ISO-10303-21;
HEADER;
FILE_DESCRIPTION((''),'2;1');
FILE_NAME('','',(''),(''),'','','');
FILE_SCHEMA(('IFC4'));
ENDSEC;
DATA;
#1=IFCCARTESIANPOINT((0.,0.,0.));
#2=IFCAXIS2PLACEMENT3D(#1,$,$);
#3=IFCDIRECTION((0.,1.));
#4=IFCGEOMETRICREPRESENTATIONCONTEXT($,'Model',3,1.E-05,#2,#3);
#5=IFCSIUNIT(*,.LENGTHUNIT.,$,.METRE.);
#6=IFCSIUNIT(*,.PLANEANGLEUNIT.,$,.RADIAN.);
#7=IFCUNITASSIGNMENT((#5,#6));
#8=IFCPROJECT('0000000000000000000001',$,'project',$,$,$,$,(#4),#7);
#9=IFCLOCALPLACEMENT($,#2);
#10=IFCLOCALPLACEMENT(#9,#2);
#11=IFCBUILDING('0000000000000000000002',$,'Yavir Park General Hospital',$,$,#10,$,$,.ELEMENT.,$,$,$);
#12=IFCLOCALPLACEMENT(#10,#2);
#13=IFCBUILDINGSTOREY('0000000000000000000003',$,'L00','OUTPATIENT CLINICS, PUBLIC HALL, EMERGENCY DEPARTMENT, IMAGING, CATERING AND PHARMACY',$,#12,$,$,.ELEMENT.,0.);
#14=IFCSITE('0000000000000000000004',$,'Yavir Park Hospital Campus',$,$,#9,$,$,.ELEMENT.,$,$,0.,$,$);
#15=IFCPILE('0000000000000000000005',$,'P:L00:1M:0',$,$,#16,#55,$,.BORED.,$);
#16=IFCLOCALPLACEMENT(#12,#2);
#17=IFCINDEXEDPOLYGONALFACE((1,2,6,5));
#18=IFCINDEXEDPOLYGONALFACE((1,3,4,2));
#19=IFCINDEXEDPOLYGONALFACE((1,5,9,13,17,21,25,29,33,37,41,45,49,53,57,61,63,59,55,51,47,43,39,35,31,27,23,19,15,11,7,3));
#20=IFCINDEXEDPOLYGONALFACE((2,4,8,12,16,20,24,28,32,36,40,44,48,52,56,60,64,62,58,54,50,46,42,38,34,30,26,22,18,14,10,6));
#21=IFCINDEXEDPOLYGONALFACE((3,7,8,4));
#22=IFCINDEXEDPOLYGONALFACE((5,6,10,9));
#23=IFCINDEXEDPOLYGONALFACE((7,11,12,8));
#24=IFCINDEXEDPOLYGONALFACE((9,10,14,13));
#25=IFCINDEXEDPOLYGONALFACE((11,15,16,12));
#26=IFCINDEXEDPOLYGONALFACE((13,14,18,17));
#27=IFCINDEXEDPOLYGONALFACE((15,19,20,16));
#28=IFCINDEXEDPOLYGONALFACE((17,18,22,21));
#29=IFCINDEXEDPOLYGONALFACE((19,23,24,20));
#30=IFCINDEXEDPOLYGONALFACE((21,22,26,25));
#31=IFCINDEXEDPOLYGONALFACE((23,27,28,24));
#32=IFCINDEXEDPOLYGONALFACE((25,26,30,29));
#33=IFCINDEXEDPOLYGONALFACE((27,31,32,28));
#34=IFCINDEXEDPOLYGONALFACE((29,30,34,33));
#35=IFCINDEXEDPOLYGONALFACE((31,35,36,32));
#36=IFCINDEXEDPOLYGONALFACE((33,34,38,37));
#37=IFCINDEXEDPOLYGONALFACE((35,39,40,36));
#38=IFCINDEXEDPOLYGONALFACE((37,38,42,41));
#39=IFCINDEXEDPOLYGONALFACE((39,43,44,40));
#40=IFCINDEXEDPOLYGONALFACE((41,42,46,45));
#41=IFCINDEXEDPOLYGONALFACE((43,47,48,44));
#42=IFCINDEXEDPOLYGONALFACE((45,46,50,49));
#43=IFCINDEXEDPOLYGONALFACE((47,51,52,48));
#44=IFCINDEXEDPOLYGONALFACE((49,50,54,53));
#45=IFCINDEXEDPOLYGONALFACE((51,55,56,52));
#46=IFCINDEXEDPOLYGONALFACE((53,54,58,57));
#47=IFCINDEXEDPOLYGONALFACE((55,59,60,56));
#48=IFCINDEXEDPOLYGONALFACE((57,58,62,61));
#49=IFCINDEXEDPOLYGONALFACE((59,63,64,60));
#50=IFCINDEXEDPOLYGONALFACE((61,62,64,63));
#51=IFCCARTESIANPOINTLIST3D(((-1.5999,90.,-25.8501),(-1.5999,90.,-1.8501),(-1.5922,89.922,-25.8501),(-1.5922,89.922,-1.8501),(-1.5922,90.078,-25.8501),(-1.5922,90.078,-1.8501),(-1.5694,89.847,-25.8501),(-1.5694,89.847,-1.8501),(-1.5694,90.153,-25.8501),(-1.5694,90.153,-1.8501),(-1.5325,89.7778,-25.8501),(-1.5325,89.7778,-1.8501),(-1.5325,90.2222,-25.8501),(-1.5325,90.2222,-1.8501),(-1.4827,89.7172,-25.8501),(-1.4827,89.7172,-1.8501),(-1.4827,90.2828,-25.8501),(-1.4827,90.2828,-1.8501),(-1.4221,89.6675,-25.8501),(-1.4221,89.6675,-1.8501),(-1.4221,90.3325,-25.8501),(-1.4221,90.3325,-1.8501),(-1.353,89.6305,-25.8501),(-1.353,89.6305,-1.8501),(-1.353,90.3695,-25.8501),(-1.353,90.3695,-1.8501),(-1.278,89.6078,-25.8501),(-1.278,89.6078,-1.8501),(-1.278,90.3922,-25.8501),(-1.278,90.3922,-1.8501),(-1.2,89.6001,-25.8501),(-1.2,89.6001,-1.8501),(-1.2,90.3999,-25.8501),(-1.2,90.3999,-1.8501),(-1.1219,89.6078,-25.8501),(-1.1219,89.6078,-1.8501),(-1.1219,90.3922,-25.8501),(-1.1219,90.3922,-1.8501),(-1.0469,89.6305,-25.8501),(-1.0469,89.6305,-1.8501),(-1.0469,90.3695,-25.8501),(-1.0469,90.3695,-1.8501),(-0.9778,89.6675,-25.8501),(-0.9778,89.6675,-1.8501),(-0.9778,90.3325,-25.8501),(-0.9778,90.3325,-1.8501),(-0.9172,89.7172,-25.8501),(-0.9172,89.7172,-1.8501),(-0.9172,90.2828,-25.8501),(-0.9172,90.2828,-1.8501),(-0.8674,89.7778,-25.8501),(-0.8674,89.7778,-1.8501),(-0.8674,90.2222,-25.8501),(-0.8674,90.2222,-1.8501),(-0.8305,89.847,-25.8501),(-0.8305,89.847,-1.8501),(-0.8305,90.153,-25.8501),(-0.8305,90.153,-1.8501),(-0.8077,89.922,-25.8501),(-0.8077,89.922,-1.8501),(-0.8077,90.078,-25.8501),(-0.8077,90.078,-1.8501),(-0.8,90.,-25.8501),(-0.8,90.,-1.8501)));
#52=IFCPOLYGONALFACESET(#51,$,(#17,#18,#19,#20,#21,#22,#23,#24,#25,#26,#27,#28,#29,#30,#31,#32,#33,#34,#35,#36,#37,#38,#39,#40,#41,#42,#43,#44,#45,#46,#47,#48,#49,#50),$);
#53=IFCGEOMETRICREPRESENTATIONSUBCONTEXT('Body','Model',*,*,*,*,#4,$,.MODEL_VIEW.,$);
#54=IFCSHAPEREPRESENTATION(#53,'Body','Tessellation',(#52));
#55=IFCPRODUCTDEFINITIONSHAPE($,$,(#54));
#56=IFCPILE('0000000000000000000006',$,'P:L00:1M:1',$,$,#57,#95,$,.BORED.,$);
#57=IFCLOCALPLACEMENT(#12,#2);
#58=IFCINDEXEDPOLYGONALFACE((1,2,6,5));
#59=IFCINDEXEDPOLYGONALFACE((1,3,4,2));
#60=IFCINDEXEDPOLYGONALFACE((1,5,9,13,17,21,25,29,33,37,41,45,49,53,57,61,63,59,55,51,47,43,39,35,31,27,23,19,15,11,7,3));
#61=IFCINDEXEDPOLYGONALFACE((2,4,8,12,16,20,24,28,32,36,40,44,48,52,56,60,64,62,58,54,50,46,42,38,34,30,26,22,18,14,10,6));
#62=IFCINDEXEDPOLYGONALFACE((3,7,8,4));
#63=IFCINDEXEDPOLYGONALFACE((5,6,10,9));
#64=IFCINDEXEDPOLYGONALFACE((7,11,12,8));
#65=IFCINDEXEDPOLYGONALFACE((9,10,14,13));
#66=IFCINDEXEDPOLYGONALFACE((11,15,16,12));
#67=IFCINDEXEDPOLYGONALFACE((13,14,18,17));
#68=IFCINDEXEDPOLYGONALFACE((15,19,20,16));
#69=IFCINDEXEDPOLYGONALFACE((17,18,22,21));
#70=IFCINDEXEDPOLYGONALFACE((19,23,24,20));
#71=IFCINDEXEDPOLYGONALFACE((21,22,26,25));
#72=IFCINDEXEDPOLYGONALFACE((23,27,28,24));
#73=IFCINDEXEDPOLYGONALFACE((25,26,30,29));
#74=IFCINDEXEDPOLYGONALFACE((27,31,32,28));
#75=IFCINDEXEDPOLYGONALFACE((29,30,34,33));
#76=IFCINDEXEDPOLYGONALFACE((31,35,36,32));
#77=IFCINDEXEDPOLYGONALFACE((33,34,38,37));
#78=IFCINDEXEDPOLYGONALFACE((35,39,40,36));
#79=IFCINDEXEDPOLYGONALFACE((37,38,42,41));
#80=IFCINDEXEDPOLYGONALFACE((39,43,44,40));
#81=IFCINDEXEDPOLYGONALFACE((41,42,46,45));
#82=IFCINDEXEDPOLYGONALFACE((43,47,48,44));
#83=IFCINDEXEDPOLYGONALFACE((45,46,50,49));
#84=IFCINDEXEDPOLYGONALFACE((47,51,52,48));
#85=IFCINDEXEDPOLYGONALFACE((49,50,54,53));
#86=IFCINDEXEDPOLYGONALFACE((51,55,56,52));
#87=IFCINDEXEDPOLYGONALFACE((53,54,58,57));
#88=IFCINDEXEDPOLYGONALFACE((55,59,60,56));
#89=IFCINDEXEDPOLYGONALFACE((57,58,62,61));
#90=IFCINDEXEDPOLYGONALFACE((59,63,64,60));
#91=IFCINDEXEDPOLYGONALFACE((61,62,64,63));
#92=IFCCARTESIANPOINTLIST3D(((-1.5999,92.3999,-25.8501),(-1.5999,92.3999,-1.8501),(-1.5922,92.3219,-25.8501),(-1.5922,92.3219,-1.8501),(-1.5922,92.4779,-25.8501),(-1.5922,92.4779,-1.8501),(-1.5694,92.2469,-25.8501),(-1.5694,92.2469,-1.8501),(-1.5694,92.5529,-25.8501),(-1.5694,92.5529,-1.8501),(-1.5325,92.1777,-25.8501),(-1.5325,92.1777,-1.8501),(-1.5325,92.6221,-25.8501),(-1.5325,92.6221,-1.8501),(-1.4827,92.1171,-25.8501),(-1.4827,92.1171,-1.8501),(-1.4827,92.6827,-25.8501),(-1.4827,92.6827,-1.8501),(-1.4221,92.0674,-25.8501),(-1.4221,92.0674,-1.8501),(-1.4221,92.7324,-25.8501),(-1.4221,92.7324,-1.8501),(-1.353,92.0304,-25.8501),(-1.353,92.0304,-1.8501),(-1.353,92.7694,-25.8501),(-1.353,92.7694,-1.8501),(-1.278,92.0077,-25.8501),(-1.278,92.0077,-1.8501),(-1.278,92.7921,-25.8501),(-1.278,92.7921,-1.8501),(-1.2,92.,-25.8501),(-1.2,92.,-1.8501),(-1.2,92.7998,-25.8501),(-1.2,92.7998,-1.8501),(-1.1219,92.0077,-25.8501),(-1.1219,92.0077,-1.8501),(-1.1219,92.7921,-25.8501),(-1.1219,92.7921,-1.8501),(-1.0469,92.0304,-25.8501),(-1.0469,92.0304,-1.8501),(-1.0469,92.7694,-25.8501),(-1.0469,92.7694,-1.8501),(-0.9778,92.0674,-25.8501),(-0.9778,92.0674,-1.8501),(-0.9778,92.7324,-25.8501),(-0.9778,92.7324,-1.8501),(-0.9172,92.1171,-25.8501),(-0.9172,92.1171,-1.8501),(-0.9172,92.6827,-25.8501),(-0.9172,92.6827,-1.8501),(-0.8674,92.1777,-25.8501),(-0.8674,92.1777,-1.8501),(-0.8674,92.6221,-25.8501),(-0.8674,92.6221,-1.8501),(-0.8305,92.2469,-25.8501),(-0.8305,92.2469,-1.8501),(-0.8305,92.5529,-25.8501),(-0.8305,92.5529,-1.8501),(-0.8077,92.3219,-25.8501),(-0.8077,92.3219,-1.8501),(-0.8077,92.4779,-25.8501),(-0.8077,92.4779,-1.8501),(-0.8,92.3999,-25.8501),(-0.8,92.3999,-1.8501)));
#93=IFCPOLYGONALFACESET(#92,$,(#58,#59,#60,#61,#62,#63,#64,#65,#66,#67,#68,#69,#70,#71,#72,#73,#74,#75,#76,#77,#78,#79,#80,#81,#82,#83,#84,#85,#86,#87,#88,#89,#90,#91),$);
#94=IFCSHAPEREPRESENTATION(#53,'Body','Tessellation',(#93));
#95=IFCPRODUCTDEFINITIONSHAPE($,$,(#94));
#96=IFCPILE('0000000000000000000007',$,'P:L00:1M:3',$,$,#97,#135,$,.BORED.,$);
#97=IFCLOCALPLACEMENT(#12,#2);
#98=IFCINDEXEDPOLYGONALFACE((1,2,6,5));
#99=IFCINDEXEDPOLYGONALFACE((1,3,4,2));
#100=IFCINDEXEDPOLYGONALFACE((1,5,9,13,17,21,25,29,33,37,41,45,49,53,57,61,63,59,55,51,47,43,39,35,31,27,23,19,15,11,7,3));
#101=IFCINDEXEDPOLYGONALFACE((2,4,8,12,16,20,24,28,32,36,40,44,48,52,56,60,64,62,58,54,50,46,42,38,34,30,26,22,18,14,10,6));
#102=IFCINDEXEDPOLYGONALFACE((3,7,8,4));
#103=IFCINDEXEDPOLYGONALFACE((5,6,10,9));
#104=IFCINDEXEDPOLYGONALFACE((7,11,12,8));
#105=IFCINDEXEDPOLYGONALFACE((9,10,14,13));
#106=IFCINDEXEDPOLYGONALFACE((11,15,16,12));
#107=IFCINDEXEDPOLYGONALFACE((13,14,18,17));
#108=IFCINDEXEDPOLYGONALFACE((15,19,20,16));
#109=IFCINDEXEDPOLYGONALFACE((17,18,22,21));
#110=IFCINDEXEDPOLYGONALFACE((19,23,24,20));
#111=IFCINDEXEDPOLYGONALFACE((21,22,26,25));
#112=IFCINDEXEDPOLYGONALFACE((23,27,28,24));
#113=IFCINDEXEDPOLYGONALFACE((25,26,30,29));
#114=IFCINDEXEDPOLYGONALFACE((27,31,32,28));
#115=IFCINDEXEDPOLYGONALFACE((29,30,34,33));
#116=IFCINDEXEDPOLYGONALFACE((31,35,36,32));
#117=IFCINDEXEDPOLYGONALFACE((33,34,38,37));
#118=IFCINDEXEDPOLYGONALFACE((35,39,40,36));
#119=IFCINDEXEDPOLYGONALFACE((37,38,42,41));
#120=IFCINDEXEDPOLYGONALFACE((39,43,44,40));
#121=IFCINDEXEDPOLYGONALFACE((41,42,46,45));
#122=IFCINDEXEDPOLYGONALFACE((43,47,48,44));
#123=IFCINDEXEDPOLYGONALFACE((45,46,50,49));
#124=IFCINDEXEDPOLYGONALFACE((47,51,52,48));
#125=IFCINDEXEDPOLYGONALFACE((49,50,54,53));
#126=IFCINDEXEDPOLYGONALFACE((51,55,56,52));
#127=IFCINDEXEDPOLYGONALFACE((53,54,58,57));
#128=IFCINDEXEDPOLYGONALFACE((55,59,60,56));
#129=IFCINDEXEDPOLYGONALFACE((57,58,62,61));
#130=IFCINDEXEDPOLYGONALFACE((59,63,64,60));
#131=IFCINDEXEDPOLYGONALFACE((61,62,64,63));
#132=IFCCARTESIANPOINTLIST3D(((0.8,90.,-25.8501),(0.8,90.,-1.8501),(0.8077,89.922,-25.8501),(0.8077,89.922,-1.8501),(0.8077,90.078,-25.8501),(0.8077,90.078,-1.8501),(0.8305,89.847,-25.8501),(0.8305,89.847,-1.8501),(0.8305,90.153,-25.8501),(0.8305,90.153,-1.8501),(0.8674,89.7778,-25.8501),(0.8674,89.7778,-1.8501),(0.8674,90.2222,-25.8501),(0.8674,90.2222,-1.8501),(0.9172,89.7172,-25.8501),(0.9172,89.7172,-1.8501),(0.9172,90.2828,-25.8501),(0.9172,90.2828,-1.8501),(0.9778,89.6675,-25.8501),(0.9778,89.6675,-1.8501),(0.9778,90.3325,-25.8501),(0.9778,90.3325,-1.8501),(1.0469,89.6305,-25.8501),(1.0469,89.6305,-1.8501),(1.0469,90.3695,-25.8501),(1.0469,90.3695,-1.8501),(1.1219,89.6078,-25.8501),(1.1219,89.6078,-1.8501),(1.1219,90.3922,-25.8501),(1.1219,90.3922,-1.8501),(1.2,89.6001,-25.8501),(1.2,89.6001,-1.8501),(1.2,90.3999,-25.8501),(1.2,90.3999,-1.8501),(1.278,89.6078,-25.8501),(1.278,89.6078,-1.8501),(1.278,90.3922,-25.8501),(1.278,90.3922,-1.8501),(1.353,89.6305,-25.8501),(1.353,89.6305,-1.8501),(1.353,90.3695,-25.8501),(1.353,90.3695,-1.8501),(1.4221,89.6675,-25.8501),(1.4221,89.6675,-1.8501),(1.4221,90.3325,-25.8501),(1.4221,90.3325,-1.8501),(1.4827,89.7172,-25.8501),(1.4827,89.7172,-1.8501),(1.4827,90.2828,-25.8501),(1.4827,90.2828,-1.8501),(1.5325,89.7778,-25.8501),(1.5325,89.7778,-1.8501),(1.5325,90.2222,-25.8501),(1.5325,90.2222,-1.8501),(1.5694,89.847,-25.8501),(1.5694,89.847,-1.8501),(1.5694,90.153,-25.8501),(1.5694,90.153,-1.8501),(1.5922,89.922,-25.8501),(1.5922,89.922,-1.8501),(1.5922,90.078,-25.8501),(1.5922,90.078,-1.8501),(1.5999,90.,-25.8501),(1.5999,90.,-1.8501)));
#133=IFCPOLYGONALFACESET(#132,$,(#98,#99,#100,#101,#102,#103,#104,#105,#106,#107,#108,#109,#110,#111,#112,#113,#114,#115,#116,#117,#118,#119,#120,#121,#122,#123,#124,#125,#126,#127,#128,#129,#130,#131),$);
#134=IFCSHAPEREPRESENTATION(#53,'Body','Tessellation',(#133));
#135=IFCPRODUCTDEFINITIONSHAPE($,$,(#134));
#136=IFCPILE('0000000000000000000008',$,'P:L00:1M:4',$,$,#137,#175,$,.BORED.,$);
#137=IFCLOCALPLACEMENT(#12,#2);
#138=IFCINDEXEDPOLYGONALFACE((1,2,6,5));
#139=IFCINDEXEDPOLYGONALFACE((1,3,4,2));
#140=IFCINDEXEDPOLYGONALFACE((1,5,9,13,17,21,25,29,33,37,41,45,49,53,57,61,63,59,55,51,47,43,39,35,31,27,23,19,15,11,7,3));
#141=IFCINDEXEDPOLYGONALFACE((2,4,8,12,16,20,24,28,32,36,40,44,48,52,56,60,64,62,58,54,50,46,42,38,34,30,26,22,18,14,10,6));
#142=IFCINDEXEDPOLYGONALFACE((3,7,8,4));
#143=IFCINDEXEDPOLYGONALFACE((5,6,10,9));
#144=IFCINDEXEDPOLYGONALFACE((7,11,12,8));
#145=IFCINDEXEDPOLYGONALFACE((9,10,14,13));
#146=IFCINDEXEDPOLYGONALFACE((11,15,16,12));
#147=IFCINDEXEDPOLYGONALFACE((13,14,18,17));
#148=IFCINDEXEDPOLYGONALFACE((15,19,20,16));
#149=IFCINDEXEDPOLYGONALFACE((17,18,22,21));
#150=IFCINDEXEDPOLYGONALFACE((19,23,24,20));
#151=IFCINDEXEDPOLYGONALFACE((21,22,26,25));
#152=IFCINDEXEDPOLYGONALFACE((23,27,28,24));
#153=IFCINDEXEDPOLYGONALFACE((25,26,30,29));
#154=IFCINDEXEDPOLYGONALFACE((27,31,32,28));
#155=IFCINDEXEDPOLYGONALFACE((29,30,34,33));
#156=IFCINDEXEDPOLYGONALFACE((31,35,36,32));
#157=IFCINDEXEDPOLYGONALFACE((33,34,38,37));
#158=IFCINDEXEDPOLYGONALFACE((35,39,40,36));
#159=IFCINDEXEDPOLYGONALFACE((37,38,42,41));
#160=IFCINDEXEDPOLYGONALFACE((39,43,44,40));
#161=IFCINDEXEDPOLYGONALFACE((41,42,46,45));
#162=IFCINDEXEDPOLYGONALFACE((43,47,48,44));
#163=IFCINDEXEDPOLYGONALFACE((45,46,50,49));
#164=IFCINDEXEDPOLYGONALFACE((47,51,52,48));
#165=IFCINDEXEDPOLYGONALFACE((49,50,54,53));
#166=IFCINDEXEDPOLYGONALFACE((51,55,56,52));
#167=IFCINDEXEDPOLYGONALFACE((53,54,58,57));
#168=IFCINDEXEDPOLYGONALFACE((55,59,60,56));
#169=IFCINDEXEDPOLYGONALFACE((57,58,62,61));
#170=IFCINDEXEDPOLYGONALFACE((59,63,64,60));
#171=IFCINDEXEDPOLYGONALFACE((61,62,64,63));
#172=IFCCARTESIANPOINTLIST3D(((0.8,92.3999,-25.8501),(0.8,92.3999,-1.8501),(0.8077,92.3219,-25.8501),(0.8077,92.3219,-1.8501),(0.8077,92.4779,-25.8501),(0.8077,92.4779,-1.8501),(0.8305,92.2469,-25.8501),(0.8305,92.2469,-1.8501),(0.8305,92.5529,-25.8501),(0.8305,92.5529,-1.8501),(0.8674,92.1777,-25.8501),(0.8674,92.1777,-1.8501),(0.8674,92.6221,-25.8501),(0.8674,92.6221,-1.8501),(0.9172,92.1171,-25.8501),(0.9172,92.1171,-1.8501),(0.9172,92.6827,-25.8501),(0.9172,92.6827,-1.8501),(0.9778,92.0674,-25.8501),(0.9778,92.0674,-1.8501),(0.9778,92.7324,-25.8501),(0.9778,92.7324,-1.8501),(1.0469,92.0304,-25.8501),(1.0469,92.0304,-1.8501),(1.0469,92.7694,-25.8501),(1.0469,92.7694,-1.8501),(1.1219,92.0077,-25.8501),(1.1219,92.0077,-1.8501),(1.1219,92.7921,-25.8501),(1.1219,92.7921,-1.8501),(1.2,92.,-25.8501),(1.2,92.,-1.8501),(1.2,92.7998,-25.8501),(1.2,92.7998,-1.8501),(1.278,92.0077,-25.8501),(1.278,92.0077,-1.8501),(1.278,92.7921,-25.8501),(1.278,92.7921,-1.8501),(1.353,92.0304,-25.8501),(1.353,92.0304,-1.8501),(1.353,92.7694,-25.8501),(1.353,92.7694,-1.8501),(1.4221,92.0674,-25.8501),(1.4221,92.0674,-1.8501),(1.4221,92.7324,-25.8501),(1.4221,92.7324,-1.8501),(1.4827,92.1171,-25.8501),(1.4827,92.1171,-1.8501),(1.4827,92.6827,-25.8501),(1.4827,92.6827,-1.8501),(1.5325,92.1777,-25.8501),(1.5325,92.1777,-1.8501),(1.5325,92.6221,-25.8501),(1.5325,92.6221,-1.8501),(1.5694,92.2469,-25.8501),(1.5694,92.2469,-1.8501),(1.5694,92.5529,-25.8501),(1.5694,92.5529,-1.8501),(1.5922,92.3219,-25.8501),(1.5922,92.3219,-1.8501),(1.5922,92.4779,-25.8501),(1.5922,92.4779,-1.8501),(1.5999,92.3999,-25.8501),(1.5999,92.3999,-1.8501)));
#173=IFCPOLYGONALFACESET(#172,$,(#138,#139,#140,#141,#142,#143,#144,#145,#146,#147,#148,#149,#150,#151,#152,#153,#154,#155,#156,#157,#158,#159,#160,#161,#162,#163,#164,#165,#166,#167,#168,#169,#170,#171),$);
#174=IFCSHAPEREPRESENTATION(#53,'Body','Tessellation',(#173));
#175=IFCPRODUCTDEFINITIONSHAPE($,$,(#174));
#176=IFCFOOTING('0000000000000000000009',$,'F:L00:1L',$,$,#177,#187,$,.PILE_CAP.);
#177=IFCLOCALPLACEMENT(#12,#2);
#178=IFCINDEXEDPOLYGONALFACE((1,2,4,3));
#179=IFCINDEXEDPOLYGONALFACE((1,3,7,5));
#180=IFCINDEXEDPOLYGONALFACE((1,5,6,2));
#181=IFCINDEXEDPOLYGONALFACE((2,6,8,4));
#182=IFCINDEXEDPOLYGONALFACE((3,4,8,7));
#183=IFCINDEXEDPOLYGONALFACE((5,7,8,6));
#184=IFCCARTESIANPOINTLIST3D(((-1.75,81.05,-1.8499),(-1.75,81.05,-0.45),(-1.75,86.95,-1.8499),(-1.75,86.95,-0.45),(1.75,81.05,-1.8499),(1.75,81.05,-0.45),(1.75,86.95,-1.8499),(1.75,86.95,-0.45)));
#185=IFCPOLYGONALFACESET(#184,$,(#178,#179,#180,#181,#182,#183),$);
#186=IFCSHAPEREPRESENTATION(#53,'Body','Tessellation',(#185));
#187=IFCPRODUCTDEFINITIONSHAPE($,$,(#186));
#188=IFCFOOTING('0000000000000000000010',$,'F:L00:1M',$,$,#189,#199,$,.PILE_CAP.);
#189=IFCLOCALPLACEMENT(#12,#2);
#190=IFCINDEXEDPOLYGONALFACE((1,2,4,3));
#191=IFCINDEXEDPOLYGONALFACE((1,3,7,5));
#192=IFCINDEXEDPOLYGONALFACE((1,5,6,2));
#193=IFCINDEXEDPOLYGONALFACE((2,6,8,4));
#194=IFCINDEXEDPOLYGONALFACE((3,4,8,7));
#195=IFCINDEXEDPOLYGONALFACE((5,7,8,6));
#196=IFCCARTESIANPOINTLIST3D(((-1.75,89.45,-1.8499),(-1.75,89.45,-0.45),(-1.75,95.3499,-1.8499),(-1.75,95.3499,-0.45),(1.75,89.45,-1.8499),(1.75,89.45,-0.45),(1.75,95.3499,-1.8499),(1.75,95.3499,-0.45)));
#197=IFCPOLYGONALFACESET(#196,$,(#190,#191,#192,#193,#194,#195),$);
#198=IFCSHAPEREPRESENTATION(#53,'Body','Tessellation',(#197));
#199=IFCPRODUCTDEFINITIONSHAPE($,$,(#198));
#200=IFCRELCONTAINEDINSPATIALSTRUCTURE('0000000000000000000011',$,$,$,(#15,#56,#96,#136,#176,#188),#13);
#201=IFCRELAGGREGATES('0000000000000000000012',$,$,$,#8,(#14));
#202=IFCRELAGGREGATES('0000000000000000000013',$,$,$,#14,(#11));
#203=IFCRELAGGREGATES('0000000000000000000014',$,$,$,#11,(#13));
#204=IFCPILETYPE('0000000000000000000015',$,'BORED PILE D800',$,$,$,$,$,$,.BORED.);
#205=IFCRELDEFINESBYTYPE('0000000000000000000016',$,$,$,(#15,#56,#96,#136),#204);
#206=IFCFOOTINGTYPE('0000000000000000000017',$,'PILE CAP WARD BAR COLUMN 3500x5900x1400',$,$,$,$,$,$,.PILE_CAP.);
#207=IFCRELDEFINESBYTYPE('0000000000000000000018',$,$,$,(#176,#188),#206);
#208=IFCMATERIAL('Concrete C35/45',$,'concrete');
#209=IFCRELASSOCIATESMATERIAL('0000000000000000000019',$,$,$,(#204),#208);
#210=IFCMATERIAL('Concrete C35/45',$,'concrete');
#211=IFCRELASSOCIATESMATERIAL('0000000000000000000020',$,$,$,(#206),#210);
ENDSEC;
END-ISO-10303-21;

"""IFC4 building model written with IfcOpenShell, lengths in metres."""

from ifc_helpers import new_model, si_unit, direction, frame, origin, origin_2d, place, context, subcontext, project, spatial, rectangle, circle, extrude, material, material_profile, profile_set, type_object, element, save


model = new_model("IFC4")

# Units and contexts
model_context = context("Model", 3, precision=1e-05, world=origin(), true_north=direction((0.0, 1.0)))
body_context = subcontext(model_context, "Body", "Model", "MODEL_VIEW")
ifc_project = project(units=[si_unit("LENGTHUNIT", "METRE"), si_unit("PLANEANGLEUNIT", "RADIAN")], contexts=[model_context])

# Site, building, storey
site_placement = place(None, origin())
site = spatial("IfcSite", under=ifc_project, at=site_placement, Name="Yavir Park Hospital Campus", CompositionType="ELEMENT", RefElevation=0.0)
building_placement = place(site_placement, origin())
building = spatial("IfcBuilding", under=site, at=building_placement, Name="Yavir Park General Hospital", CompositionType="ELEMENT")
storey_placement = place(building_placement, origin())
storey = spatial("IfcBuildingStorey", under=building, at=storey_placement, Name="L00", Description="OUTPATIENT CLINICS, PUBLIC HALL, EMERGENCY DEPARTMENT, IMAGING, CATERING AND PHARMACY", CompositionType="ELEMENT", Elevation=0.0)

# Piles
ifc_material_1 = material(Name="Concrete C35/45", Category="concrete")
ifc_material_profile_1 = material_profile(ifc_material_1, circle(Radius=0.3999, at=origin_2d()), Name="D800")
ifc_profile_set_1 = profile_set([ifc_material_profile_1], Name="Concrete C35/45")
pile_type_1 = type_object("IfcPileType", Name="BORED PILE D800", PredefinedType="BORED", material=ifc_profile_set_1)
for number, where, z_axis, x_axis, name in (
    (1, (-1.2, 90.0, -1.8501), (0.0, 0.0, -1.0), (1.0, 0.0, 0.0), "P:L00:1M:0"),
    (2, (-1.2, 92.3999, -1.8501), (0.0, 0.0, -1.0), (1.0, 0.0, 0.0), "P:L00:1M:1"),
    (3, (1.2, 90.0, -1.8501), (0.0, 0.0, -1.0), (1.0, 0.0, 0.0), "P:L00:1M:3"),
    (4, (1.2, 92.3999, -1.8501), (0.0, 0.0, -1.0), (1.0, 0.0, 0.0), "P:L00:1M:4"),
):
    element("IfcPile", number, at=place(storey_placement, frame(where, z_axis=z_axis, x_axis=x_axis)), inside=storey, type_object=pile_type_1, Name=name, PredefinedType="BORED", context=body_context, shape_type="SweptSolid", body=[
        extrude(circle(Radius=0.3999, at=origin_2d()), origin(), (0.0, 0.0, 1.0), 24.0),
    ])

# Footings
ifc_material_2 = material(Name="Concrete C35/45", Category="concrete")
footing_type = type_object("IfcFootingType", Name="PILE CAP WARD BAR COLUMN 3500x5900x1400", PredefinedType="PILE_CAP", material=ifc_material_2)
for number, where, z_axis, x_axis, name in (
    (5, (0.0, 84.0, -1.8499), (0.0, 0.0, 1.0), (1.0, 0.0, 0.0), "F:L00:1L"),
    (6, (0.0, 92.3999, -1.8499), (0.0, 0.0, 1.0), (1.0, 0.0, 0.0), "F:L00:1M"),
):
    element("IfcFooting", number, at=place(storey_placement, frame(where, z_axis=z_axis, x_axis=x_axis)), inside=storey, type_object=footing_type, Name=name, PredefinedType="PILE_CAP", context=body_context, shape_type="SweptSolid", body=[
        extrude(rectangle(XDim=3.5, YDim=5.8999, at=origin_2d()), origin(), (0.0, 0.0, 1.0), 1.3999),
    ])

save(model, "model.ifc")
